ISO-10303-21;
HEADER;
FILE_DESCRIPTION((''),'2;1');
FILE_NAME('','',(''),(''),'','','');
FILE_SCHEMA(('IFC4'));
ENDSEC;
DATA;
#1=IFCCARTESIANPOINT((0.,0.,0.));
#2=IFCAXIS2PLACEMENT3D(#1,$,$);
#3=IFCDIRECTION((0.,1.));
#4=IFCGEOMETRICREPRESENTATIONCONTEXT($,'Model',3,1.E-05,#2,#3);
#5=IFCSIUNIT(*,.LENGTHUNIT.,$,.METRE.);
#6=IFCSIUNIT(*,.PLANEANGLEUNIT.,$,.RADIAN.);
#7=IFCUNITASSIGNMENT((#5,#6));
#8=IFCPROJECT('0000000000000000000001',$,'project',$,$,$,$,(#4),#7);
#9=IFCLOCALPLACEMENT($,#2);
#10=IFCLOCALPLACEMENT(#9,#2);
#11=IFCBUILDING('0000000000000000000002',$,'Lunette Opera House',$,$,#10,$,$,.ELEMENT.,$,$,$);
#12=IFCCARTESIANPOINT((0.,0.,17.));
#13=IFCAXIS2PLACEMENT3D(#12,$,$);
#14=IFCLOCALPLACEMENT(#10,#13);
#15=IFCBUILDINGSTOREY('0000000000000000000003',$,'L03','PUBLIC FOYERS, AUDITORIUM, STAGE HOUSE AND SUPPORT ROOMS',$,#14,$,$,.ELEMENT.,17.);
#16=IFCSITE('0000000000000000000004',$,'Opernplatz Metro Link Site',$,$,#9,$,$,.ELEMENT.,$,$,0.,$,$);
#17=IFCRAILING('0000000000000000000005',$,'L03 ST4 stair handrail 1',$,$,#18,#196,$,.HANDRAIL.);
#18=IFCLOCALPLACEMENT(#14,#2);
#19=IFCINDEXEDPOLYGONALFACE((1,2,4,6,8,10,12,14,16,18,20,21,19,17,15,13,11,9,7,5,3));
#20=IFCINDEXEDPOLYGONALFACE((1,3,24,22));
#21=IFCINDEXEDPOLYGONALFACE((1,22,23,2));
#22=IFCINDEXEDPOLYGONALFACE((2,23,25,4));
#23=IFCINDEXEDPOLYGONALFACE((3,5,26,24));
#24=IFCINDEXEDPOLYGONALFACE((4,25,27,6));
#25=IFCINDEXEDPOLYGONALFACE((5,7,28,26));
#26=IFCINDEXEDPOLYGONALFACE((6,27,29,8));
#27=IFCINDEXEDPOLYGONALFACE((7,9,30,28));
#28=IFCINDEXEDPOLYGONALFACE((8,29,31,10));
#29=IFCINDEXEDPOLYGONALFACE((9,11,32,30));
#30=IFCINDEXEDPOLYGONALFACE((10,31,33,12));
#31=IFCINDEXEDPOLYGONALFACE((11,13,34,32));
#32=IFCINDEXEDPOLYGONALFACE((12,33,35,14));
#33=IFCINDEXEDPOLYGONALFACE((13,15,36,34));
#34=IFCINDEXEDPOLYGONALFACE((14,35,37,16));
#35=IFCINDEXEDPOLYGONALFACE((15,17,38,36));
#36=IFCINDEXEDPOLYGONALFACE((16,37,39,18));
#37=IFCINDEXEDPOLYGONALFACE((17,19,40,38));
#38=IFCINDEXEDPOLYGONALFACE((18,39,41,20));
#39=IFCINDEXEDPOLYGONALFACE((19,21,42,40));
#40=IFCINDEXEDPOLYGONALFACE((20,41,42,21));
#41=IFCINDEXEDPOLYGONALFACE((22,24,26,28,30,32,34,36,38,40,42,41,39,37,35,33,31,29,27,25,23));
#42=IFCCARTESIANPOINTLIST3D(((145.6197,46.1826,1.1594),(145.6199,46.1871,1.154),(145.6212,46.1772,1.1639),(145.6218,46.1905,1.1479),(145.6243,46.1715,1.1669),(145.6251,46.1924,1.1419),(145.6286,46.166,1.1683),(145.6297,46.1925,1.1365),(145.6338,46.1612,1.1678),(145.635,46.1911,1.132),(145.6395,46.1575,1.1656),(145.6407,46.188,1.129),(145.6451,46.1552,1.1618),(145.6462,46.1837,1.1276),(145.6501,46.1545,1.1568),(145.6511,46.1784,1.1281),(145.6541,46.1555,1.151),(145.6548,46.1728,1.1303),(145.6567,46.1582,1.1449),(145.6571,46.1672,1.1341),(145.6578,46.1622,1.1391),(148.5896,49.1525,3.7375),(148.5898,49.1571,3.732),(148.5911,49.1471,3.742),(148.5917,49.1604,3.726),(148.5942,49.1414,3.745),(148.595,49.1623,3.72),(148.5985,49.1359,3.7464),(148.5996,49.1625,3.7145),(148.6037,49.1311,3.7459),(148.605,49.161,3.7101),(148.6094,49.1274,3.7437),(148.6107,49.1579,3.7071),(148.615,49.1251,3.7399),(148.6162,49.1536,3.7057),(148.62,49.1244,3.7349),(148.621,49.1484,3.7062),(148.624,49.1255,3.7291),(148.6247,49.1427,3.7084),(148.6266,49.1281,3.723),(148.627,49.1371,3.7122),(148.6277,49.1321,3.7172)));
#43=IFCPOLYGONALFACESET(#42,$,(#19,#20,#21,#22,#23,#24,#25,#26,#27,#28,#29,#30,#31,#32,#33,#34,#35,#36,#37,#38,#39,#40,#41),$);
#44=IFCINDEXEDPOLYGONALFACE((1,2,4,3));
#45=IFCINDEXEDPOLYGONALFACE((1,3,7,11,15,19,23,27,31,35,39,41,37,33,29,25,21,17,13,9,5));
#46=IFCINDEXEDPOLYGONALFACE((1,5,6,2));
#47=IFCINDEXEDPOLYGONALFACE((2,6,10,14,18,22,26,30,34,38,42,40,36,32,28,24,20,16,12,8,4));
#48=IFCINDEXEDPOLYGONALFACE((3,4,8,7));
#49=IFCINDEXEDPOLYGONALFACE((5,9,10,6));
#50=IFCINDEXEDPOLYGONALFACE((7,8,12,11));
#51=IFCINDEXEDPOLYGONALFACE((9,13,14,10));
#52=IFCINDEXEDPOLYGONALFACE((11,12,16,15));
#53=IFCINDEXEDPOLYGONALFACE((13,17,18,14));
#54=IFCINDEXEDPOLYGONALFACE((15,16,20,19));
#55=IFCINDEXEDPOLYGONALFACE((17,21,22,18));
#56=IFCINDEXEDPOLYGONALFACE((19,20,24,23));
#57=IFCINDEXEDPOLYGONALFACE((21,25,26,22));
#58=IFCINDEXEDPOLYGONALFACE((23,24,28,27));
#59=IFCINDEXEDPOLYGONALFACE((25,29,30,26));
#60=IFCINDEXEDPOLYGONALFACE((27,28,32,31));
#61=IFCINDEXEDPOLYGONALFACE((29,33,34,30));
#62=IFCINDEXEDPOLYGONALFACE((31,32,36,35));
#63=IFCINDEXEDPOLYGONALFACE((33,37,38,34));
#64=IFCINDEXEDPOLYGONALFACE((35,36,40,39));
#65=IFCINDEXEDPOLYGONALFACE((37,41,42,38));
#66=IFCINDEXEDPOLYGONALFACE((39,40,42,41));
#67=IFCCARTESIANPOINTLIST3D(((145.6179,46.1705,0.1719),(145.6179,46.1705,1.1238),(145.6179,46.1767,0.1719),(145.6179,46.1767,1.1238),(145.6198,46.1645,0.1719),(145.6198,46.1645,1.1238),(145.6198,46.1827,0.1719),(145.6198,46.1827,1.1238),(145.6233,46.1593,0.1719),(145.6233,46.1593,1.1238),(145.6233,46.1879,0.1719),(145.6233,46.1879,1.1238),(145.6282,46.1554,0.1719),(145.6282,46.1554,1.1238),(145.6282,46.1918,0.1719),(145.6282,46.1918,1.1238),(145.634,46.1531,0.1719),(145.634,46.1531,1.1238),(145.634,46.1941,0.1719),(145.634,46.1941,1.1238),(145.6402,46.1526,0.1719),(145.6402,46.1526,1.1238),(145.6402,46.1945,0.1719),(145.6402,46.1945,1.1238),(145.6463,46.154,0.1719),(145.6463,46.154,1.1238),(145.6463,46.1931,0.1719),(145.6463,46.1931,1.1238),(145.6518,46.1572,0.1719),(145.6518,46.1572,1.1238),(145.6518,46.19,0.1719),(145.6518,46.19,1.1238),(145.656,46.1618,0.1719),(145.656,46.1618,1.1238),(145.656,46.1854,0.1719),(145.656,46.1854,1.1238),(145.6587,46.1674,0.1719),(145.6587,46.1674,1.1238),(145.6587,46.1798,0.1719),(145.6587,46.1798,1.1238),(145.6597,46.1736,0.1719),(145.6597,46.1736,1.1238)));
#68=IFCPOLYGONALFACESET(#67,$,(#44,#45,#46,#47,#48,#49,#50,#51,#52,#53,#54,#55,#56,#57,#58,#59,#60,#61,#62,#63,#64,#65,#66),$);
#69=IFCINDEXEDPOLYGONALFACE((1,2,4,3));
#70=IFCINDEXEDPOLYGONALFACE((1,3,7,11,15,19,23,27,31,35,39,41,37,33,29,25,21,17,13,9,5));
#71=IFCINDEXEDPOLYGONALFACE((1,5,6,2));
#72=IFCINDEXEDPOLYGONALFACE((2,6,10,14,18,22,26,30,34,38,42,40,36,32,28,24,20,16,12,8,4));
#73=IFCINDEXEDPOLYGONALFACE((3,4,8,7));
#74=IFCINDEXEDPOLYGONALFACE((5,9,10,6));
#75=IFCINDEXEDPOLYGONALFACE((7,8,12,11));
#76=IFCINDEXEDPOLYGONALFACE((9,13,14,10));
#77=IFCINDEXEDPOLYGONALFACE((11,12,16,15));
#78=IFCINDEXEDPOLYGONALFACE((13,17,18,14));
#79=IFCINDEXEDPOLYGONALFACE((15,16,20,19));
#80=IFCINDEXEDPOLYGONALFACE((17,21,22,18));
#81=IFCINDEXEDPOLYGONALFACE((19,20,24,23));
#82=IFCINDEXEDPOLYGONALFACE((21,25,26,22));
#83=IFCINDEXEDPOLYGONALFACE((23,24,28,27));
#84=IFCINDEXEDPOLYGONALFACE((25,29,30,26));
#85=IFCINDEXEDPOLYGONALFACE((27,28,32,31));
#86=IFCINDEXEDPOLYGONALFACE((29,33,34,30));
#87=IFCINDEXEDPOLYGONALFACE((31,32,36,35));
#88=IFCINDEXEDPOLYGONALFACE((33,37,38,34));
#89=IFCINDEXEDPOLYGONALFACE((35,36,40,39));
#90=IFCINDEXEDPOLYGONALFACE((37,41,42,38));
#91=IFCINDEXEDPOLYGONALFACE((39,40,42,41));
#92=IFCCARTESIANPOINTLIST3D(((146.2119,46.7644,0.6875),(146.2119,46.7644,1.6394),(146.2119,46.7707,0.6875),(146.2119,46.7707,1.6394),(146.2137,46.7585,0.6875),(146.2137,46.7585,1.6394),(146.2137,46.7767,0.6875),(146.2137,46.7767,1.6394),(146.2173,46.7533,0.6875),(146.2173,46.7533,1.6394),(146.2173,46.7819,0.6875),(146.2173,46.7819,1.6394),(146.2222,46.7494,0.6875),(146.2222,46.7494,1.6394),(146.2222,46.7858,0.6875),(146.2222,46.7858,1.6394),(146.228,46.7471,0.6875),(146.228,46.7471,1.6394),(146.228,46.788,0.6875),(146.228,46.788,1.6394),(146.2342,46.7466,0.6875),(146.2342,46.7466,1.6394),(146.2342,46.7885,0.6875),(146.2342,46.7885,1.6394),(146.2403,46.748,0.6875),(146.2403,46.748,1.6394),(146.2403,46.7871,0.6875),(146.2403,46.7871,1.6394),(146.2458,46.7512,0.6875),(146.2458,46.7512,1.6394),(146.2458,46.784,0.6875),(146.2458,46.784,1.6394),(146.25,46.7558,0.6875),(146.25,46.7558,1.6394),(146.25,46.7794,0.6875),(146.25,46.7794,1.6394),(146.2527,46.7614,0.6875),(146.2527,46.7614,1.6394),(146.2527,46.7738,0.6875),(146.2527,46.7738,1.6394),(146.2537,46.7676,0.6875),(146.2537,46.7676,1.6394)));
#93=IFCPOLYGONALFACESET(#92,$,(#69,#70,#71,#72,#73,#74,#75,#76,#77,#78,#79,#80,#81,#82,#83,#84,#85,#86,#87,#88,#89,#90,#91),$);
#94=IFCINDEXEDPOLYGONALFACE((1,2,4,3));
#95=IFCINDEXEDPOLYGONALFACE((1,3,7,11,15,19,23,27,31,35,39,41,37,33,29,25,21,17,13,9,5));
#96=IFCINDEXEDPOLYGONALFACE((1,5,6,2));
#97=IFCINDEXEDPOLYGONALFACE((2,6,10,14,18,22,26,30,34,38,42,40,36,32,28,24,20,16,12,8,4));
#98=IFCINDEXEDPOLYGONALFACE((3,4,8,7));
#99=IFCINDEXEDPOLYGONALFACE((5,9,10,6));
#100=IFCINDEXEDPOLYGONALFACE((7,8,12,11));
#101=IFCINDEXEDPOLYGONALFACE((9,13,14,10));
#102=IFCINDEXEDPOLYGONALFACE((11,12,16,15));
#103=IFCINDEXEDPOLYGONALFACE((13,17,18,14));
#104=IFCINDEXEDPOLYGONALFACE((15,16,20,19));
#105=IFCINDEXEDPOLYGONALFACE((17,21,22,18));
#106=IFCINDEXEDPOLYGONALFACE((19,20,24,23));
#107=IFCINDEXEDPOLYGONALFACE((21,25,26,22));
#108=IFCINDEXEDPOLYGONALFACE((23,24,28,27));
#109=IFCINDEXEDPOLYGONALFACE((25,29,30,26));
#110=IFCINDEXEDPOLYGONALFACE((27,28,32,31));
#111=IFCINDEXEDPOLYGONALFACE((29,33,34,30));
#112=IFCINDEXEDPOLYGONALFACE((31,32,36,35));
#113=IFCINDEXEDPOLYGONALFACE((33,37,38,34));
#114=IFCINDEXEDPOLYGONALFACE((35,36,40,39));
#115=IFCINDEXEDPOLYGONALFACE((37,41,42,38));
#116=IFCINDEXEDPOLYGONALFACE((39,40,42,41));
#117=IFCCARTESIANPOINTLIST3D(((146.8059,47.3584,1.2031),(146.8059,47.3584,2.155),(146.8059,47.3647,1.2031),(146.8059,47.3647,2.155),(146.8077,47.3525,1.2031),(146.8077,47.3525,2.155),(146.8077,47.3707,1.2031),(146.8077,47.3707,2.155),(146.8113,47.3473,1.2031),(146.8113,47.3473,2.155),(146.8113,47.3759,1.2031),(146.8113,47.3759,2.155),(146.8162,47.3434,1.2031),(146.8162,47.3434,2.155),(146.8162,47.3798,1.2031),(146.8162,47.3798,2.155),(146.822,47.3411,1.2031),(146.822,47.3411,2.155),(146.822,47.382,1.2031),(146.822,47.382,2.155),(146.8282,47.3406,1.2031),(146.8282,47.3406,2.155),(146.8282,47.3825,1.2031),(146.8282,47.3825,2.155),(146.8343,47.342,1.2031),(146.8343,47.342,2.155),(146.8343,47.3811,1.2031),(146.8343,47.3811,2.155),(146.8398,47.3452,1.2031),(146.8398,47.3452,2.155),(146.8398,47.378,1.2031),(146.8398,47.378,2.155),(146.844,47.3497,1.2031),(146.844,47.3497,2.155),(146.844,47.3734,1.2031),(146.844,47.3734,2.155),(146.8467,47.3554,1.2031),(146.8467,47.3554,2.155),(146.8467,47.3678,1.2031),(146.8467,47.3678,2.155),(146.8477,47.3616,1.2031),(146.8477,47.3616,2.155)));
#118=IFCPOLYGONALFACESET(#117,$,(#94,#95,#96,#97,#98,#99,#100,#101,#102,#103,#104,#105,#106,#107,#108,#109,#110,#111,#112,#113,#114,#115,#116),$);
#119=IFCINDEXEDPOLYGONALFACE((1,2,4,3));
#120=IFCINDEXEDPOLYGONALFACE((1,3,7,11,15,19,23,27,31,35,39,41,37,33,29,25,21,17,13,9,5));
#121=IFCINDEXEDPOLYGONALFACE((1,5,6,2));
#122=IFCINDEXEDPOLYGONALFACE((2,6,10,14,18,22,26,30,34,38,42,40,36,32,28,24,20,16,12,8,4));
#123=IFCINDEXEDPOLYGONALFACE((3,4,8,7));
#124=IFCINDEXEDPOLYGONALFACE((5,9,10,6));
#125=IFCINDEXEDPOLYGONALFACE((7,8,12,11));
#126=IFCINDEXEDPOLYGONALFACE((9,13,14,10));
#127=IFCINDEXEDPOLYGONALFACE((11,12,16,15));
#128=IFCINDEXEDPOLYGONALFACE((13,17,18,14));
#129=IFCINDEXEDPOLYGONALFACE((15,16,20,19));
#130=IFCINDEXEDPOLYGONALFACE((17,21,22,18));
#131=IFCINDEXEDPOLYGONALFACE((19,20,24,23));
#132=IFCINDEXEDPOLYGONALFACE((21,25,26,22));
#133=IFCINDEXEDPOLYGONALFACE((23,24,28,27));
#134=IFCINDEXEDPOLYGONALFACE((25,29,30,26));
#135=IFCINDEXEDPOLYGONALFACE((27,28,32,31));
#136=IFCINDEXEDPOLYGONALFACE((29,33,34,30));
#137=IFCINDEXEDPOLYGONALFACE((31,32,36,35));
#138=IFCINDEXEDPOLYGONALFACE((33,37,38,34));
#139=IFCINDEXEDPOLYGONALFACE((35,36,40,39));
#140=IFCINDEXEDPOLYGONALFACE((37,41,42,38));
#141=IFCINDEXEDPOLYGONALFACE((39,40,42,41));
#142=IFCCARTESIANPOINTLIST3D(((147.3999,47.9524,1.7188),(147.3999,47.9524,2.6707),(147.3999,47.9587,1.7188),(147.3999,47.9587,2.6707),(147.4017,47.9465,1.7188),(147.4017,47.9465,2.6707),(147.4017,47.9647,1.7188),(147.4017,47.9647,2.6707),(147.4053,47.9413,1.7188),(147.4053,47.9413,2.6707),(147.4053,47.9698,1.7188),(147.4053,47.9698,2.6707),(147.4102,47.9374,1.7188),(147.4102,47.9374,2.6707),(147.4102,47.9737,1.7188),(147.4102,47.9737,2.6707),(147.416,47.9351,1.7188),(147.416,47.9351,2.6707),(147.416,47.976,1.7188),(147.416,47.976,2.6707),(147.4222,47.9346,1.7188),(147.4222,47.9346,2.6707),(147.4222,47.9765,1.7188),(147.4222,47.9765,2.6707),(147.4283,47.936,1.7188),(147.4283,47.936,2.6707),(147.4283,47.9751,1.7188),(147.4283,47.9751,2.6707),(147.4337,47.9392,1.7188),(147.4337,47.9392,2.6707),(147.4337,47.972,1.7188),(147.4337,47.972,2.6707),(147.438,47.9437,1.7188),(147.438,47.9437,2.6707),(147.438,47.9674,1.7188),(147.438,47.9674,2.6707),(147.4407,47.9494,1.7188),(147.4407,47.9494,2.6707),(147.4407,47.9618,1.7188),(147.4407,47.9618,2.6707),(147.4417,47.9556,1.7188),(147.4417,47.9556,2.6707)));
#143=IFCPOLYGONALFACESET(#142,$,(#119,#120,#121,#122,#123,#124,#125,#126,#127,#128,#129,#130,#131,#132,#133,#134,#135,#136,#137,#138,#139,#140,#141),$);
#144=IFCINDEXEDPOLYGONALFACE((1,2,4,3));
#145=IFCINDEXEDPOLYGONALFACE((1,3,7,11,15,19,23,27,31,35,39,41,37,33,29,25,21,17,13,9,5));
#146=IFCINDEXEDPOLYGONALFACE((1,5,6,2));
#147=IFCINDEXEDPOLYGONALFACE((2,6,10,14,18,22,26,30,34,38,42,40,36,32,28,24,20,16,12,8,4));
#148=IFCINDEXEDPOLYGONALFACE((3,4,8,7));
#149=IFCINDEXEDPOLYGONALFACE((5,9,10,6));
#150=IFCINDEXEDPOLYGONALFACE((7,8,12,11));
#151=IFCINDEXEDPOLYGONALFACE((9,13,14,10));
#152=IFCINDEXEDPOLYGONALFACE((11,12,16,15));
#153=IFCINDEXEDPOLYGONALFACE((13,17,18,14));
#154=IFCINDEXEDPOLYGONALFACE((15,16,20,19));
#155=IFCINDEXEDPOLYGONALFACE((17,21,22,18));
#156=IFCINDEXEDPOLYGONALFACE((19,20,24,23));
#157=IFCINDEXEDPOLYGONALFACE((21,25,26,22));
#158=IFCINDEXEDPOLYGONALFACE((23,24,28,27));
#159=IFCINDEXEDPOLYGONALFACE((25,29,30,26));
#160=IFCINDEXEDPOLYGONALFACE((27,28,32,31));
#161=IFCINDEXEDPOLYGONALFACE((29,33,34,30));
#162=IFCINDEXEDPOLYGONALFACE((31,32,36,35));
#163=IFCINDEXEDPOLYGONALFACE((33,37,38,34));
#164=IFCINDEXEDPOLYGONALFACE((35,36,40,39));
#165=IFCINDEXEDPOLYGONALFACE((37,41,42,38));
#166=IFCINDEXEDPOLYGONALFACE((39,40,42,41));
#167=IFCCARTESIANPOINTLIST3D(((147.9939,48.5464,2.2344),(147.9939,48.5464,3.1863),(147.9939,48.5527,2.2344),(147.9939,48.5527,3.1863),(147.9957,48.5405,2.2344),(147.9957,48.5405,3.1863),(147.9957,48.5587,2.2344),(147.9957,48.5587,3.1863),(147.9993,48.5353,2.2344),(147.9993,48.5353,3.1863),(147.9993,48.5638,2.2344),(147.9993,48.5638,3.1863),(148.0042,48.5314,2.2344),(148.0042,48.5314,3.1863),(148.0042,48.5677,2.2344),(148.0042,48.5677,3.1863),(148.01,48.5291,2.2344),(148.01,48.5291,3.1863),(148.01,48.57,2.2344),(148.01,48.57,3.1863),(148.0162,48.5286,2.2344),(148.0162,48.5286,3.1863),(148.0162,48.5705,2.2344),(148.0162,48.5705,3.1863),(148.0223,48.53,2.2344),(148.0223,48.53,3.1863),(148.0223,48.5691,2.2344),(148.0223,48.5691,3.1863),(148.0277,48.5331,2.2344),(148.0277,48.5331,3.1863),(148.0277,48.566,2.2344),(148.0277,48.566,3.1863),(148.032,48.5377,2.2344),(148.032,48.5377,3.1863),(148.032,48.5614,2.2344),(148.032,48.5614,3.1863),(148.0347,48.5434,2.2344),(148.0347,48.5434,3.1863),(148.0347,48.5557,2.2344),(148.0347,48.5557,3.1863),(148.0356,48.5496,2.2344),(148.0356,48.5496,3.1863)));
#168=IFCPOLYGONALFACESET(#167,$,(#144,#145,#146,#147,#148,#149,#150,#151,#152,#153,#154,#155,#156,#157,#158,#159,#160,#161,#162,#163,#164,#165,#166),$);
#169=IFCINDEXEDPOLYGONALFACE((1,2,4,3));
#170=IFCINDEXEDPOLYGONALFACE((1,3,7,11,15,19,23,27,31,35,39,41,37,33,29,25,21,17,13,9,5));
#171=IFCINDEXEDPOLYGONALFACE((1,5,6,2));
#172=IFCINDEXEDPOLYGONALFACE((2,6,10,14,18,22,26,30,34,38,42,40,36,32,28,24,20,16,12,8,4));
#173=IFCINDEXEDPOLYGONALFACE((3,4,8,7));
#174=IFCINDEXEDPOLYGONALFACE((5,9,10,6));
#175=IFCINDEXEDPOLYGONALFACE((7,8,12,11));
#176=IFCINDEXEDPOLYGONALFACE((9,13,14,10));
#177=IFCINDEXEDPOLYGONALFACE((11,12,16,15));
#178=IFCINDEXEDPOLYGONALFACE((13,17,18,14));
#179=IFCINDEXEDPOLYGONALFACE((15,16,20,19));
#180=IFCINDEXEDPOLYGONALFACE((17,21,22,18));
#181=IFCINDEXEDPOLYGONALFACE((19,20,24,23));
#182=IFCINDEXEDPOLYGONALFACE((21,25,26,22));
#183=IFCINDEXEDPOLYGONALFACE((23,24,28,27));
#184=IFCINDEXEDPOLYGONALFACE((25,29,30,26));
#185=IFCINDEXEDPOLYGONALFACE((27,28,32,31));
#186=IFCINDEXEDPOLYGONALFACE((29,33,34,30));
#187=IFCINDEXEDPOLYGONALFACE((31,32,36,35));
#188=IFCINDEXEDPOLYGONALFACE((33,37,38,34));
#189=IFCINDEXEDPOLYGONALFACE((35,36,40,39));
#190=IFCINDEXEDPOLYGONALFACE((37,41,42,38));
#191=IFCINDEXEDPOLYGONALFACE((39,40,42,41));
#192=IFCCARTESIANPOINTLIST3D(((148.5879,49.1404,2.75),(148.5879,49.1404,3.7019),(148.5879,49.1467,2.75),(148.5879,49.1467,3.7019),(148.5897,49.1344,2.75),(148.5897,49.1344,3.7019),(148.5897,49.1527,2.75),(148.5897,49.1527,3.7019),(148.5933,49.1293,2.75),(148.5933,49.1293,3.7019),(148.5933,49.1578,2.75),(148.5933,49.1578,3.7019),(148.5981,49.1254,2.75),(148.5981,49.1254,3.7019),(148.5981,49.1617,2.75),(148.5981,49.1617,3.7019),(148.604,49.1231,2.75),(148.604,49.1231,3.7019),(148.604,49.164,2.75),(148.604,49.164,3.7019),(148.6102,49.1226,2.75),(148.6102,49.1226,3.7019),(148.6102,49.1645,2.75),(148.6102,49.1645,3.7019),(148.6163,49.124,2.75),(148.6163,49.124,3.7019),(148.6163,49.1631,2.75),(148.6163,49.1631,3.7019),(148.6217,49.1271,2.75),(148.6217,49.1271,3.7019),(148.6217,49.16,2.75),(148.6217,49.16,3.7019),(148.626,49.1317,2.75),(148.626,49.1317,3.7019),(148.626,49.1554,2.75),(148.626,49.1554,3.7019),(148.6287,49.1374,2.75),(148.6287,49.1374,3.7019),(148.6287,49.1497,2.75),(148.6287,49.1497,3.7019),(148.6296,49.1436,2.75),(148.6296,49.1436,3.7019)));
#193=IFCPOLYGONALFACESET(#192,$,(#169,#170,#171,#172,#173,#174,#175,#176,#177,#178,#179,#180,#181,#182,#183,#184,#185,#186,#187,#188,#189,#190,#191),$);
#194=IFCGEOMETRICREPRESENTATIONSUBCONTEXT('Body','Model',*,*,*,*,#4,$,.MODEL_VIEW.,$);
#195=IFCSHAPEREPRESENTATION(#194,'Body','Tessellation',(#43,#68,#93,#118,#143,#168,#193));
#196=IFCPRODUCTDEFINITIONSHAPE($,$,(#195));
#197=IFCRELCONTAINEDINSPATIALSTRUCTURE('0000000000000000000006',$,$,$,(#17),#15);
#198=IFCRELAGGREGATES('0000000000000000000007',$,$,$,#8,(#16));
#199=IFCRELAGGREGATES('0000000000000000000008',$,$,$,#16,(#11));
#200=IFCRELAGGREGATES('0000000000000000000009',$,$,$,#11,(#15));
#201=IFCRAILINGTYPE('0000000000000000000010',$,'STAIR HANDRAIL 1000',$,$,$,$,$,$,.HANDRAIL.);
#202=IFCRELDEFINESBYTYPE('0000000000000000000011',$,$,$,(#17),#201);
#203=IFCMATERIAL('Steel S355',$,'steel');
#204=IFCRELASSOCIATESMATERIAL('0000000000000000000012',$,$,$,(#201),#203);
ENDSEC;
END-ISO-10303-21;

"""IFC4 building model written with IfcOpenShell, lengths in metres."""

from ifc_helpers import new_model, si_unit, direction, frame, origin, origin_2d, place, context, subcontext, project, spatial, circle, extrude, material, type_object, element, save


model = new_model("IFC4")

# Units and contexts
model_context = context("Model", 3, precision=1e-05, world=origin(), true_north=direction((0.0, 1.0)))
body_context = subcontext(model_context, "Body", "Model", "MODEL_VIEW")
ifc_project = project(units=[si_unit("LENGTHUNIT", "METRE"), si_unit("PLANEANGLEUNIT", "RADIAN")], contexts=[model_context])

# Site, building, storey
site_placement = place(None, origin())
site = spatial("IfcSite", under=ifc_project, at=site_placement, Name="Opernplatz Metro Link Site", CompositionType="ELEMENT", RefElevation=0.0)
building_placement = place(site_placement, origin())
building = spatial("IfcBuilding", under=site, at=building_placement, Name="Lunette Opera House", CompositionType="ELEMENT")
storey_placement = place(building_placement, frame((0.0, 0.0, 17.0)))
storey = spatial("IfcBuildingStorey", under=building, at=storey_placement, Name="L03", Description="PUBLIC FOYERS, AUDITORIUM, STAGE HOUSE AND SUPPORT ROOMS", CompositionType="ELEMENT", Elevation=17.0)

# Railing
ifc_material_1 = material(Name="Steel S355", Category="steel")
railing_type_1 = type_object("IfcRailingType", Name="STAIR HANDRAIL 1000", PredefinedType="HANDRAIL", material=ifc_material_1)
railing_1_placement = place(storey_placement, frame((145.6387, 46.1736, 0.1719)))
element("IfcRailing", 1, at=railing_1_placement, inside=storey, type_object=railing_type_1, Name="L03 ST4 stair handrail 1", PredefinedType="HANDRAIL", context=body_context, shape_type="SweptSolid", body=[
    extrude(circle(Radius=0.0239, at=origin_2d()), frame((0.0, 0.0, 0.9761), z_axis=(0.602635, 0.602635, 0.523126), x_axis=(-0.707107, 0.707107, 0.0)), (0.0, 0.0, 1.0), 4.9282),
    extrude(circle(Radius=0.021, at=origin_2d()), origin(), (0.0, 0.0, 1.0), 0.9519),
    extrude(circle(Radius=0.021, at=origin_2d()), frame((0.594, 0.594, 0.5156)), (0.0, 0.0, 1.0), 0.9519),
    extrude(circle(Radius=0.021, at=origin_2d()), frame((1.188, 1.188, 1.0312)), (0.0, 0.0, 1.0), 0.9519),
    extrude(circle(Radius=0.021, at=origin_2d()), frame((1.782, 1.782, 1.5469)), (0.0, 0.0, 1.0), 0.9519),
    extrude(circle(Radius=0.021, at=origin_2d()), frame((2.376, 2.376, 2.0625)), (0.0, 0.0, 1.0), 0.9519),
    extrude(circle(Radius=0.021, at=origin_2d()), frame((2.97, 2.97, 2.5781)), (0.0, 0.0, 1.0), 0.9519),
])

save(model, "model.ifc")
